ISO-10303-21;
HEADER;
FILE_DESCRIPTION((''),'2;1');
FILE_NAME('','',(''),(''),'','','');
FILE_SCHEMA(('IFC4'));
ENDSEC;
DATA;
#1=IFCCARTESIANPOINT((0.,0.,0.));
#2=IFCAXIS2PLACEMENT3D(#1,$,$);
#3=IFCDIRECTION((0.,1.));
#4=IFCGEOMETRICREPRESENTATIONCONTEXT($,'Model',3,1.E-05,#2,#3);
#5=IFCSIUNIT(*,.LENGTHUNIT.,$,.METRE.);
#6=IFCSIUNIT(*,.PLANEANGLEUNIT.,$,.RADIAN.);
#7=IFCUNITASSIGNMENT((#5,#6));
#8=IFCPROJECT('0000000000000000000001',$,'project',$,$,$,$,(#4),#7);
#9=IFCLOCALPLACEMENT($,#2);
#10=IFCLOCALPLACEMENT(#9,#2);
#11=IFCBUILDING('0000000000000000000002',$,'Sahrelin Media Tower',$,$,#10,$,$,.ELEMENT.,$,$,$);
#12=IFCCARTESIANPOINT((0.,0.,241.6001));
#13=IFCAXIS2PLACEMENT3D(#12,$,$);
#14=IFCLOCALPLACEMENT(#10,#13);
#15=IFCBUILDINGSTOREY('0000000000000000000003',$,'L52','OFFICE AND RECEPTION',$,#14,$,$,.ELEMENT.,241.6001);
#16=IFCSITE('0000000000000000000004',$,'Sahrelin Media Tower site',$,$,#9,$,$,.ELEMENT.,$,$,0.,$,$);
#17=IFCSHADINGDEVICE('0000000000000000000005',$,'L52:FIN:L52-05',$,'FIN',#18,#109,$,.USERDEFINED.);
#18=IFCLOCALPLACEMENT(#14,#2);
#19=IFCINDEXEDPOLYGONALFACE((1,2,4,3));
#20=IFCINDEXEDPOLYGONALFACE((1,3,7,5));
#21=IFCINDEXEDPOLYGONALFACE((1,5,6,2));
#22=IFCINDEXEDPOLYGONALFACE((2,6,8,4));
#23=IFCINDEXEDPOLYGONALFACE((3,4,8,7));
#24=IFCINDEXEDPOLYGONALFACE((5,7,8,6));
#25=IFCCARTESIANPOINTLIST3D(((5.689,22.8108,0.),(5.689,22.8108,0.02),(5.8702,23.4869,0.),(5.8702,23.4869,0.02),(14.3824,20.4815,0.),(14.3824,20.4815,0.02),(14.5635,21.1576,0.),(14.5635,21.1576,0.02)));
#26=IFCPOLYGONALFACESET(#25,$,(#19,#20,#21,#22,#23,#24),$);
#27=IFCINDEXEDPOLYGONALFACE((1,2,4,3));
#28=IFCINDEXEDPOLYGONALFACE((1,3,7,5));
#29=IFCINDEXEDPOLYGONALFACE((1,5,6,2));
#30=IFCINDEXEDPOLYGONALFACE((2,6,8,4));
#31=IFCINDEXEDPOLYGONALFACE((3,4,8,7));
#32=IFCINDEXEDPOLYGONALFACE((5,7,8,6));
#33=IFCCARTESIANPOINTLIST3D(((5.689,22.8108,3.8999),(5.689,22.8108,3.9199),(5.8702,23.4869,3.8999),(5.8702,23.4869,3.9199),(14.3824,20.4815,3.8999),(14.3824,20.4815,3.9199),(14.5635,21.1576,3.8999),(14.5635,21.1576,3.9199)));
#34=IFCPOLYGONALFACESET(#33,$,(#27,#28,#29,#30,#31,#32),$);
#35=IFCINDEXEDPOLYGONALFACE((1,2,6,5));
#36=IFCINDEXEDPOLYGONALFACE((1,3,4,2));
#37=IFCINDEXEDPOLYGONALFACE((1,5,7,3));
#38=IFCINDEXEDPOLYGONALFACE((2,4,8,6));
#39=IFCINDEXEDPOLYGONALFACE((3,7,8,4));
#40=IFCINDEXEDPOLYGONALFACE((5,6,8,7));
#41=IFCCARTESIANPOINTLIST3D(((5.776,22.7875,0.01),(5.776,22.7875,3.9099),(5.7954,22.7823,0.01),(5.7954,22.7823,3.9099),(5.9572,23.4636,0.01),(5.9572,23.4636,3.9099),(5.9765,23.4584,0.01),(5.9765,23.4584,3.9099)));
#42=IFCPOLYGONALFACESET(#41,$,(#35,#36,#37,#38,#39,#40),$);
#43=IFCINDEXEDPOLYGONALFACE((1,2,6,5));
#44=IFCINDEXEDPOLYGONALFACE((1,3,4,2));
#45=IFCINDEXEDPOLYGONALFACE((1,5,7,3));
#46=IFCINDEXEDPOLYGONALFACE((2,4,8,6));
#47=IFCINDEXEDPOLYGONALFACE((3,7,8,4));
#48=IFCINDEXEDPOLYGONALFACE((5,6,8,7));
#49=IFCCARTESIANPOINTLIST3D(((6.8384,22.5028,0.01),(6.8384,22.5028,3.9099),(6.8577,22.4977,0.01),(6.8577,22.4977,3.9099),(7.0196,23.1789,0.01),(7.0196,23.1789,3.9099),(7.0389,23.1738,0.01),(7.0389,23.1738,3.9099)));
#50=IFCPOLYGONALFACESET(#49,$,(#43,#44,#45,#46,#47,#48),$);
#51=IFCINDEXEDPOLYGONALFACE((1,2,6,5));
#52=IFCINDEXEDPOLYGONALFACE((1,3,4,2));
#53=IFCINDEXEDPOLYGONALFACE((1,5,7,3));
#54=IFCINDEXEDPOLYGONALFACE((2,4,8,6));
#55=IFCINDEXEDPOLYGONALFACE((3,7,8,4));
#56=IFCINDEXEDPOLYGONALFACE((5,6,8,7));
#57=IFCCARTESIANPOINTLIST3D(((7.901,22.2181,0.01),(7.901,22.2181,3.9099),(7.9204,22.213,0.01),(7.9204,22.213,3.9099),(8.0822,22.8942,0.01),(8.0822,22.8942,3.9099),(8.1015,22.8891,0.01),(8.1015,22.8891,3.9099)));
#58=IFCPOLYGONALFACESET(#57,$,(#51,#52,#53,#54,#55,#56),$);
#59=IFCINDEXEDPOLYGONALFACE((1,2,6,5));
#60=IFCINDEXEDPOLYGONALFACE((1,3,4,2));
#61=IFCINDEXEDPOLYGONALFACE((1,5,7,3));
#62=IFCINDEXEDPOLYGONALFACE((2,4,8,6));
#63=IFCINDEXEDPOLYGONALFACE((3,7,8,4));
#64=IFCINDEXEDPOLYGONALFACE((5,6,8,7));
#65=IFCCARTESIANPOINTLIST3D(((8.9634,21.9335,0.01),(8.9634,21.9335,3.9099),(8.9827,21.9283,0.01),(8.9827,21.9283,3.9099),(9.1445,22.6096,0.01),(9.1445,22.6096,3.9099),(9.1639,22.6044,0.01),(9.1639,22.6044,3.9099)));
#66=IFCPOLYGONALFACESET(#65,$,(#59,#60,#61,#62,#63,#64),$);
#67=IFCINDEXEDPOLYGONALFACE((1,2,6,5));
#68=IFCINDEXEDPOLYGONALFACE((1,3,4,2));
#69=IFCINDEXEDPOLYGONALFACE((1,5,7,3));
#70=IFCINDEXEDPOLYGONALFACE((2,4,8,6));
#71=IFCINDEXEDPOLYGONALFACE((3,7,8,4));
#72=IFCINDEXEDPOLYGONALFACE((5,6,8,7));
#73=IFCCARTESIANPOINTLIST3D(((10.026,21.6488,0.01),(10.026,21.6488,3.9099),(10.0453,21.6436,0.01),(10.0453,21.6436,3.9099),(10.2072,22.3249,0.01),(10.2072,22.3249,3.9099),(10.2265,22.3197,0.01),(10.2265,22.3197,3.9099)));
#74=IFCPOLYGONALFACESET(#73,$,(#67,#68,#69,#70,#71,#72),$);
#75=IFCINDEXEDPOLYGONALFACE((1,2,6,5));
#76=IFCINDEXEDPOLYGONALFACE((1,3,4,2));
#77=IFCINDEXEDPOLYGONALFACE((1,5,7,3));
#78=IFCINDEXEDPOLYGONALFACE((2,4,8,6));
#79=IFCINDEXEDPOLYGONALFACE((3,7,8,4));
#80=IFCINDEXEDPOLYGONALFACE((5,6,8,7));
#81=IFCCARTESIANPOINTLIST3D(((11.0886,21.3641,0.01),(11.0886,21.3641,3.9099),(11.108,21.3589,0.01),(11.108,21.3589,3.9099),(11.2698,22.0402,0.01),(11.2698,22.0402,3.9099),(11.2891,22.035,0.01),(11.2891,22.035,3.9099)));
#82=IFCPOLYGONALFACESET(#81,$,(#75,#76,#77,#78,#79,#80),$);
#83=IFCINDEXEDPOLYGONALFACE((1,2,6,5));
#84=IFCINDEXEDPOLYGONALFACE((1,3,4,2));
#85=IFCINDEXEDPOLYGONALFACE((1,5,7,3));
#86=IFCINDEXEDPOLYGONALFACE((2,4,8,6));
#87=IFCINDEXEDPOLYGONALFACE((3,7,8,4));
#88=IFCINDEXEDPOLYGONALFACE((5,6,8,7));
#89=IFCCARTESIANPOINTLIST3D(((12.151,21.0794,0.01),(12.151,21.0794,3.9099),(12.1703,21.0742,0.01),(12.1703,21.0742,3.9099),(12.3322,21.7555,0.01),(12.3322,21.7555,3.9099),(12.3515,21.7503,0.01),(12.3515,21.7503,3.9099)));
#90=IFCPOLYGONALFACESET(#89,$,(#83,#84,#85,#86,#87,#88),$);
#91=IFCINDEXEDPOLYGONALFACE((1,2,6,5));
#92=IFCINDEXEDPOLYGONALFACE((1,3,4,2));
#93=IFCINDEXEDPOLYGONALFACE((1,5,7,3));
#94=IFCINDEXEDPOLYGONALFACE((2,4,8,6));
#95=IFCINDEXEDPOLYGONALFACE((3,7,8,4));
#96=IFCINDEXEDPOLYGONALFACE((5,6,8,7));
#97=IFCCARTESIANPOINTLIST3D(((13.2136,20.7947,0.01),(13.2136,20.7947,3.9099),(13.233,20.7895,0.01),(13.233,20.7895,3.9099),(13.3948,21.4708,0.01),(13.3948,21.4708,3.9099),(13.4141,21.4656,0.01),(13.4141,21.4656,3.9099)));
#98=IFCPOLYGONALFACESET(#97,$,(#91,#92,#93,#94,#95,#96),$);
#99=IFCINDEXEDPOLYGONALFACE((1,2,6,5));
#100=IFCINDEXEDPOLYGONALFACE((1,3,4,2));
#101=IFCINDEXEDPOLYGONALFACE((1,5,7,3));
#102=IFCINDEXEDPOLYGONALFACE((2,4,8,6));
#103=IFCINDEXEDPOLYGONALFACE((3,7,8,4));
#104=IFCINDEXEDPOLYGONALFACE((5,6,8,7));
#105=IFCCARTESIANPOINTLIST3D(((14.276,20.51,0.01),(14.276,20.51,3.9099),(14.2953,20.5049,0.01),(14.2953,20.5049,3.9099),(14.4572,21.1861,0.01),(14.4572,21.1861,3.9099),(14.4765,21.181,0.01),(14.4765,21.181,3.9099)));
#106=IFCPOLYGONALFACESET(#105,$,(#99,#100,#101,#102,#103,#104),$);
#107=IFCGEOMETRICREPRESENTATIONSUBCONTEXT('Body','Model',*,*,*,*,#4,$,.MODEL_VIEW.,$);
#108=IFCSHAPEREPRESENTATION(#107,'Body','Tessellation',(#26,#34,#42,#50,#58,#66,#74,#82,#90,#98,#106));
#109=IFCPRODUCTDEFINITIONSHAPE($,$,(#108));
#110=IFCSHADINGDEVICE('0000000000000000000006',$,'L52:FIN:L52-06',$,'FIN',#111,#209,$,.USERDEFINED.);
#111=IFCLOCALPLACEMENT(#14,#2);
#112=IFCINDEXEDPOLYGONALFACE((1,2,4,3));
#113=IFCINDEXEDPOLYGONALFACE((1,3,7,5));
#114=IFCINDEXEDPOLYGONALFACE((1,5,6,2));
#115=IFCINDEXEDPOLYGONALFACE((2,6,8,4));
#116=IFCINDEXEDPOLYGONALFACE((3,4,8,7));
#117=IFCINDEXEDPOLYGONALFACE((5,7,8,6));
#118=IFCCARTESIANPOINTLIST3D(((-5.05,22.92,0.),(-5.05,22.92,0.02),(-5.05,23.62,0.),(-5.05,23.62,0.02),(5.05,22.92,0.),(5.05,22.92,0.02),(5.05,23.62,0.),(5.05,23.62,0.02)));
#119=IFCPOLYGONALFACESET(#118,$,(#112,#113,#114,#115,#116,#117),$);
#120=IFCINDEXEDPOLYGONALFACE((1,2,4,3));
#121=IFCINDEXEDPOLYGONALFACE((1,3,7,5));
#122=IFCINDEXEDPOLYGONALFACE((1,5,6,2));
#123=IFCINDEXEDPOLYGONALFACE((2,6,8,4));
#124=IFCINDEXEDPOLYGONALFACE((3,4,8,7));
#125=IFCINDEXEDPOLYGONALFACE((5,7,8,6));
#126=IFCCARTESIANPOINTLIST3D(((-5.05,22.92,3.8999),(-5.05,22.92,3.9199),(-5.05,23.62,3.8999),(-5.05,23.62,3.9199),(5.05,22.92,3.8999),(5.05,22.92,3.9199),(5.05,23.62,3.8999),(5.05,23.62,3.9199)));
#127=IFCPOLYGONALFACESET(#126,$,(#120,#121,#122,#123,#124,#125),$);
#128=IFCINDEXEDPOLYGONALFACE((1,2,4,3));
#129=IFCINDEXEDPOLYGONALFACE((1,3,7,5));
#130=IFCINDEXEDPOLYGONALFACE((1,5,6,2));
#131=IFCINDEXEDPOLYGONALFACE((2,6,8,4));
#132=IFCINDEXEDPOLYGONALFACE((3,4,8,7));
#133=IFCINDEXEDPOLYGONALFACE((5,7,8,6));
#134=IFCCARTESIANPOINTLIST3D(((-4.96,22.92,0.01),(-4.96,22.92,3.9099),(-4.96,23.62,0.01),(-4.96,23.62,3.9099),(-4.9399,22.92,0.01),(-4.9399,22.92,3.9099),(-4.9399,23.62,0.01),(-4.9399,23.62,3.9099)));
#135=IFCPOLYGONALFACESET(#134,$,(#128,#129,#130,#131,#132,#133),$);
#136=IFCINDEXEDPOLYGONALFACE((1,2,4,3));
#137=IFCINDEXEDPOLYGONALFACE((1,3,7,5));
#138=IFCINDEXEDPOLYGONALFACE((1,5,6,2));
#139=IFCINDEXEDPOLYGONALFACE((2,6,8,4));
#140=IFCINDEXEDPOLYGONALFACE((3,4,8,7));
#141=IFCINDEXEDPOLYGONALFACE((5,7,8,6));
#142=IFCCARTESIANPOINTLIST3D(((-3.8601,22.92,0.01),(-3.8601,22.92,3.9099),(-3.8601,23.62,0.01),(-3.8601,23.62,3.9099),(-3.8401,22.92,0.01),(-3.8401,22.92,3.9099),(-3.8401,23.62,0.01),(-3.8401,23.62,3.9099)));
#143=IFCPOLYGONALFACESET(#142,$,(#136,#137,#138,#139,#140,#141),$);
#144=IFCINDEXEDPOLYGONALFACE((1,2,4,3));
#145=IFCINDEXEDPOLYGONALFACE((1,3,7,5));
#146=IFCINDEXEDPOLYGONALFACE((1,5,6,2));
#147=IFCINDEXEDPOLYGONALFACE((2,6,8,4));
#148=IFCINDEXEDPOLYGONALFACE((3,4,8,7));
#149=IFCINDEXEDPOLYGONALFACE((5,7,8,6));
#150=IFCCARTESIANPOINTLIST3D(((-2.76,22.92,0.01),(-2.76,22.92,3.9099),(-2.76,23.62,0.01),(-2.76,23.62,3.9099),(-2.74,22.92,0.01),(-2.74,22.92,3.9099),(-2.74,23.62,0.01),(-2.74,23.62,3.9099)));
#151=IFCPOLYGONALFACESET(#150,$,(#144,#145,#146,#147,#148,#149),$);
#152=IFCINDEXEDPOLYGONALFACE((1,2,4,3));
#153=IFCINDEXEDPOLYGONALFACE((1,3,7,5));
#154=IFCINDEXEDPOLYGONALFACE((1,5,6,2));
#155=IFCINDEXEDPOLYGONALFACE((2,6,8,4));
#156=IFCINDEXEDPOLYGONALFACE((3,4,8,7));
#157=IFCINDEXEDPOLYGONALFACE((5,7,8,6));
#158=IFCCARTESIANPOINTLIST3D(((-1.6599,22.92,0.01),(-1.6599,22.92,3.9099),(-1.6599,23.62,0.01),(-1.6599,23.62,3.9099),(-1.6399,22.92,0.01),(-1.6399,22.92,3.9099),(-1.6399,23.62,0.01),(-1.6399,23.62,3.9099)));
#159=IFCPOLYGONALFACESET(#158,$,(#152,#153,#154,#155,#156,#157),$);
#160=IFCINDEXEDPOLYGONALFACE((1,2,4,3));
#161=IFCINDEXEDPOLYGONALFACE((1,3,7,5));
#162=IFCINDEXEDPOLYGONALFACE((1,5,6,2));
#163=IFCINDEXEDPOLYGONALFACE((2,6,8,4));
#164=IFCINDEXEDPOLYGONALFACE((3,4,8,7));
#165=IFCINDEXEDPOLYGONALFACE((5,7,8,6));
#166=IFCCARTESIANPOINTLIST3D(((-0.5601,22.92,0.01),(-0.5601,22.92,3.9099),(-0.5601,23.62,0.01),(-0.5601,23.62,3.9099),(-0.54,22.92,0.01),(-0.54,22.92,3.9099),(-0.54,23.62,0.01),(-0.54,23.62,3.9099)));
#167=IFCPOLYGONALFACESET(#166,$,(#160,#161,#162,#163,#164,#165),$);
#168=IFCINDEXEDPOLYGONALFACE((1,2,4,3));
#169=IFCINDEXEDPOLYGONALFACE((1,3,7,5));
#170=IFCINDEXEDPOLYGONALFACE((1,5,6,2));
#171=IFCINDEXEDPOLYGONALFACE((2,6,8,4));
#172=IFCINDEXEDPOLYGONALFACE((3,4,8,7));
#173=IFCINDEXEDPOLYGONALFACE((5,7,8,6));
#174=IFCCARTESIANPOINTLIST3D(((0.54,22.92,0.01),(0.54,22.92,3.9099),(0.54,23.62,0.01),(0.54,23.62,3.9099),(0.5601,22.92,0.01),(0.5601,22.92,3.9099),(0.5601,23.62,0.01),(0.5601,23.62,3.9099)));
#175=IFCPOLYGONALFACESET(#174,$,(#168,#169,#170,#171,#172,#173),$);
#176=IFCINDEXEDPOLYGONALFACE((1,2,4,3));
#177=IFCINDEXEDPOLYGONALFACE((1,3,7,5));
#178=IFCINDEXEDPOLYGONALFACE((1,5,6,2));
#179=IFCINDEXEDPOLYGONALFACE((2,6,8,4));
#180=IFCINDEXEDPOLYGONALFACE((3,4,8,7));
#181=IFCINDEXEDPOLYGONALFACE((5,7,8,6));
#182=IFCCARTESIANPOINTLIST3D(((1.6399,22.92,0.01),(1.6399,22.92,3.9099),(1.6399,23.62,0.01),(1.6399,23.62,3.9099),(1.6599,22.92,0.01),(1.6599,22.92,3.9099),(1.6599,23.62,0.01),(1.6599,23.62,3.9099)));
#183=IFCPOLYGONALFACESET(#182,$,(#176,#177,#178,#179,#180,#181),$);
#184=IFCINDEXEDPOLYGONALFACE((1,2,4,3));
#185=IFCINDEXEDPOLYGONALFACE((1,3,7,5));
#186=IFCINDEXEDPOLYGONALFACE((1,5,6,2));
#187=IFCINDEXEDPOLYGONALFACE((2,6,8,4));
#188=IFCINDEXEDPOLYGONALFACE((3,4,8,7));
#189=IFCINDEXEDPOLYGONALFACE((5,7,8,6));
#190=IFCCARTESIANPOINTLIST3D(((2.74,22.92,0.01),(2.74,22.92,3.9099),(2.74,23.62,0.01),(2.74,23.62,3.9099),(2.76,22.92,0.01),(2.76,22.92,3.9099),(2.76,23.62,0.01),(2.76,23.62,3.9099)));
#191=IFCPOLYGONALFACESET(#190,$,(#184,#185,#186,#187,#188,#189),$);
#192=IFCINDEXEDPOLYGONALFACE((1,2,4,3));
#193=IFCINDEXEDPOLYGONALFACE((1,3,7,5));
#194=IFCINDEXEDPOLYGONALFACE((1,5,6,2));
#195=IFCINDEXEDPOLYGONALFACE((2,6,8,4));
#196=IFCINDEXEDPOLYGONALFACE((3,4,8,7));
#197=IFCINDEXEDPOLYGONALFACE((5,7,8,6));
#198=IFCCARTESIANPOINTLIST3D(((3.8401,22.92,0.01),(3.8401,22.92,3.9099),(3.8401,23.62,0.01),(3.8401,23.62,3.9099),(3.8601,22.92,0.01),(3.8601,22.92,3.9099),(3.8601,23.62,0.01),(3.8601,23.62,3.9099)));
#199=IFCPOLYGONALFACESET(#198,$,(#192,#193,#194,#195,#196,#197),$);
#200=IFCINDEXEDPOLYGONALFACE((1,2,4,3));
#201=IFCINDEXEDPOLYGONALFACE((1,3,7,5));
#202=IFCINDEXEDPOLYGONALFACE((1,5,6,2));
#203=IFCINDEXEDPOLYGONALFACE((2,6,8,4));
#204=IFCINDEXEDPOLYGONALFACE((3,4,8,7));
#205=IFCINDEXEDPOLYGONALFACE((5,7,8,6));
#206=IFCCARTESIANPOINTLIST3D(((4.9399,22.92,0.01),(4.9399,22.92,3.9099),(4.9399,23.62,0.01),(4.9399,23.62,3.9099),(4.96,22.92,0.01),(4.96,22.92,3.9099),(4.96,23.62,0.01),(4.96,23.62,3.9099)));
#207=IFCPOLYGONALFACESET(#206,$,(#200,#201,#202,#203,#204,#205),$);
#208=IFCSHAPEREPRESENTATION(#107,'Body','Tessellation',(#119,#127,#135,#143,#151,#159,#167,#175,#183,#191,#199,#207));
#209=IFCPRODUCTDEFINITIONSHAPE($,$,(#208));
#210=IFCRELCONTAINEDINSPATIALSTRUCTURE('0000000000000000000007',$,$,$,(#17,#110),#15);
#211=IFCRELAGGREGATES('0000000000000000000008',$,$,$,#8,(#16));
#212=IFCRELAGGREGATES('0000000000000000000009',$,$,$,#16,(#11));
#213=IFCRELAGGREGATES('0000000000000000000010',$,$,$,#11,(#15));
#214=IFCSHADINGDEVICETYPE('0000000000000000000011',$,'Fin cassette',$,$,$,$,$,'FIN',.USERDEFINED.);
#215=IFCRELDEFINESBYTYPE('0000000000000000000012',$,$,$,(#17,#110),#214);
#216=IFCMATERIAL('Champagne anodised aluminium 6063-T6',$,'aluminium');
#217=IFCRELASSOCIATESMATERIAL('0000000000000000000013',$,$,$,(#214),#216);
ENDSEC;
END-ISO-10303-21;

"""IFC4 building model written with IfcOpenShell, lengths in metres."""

from ifc_helpers import new_model, si_unit, direction, frame, origin, origin_2d, place, context, subcontext, project, spatial, rectangle, extrude, material, type_object, element, save


model = new_model("IFC4")

# Units and contexts
model_context = context("Model", 3, precision=1e-05, world=origin(), true_north=direction((0.0, 1.0)))
body_context = subcontext(model_context, "Body", "Model", "MODEL_VIEW")
ifc_project = project(units=[si_unit("LENGTHUNIT", "METRE"), si_unit("PLANEANGLEUNIT", "RADIAN")], contexts=[model_context])

# Site, building, storey
site_placement = place(None, origin())
site = spatial("IfcSite", under=ifc_project, at=site_placement, Name="Sahrelin Media Tower site", CompositionType="ELEMENT", RefElevation=0.0)
building_placement = place(site_placement, origin())
building = spatial("IfcBuilding", under=site, at=building_placement, Name="Sahrelin Media Tower", CompositionType="ELEMENT")
storey_placement = place(building_placement, frame((0.0, 0.0, 241.6001)))
storey = spatial("IfcBuildingStorey", under=building, at=storey_placement, Name="L52", Description="OFFICE AND RECEPTION", CompositionType="ELEMENT", Elevation=241.6001)

# Shared definitions
ifc_material_1 = material(Name="Champagne anodised aluminium 6063-T6", Category="aluminium")

# Shared definitions
placement_1 = place(storey_placement, frame((0.0, 22.8501, 0.0), z_axis=(0.0, 0.0, 1.0), x_axis=(1.0, 0.0, 0.0)))

# Shading devices
shading_device_type_1 = type_object("IfcShadingDeviceType", Name="Fin cassette", ElementType="FIN", PredefinedType="USERDEFINED", material=ifc_material_1)
placement_2 = place(storey_placement, frame((10.0176, 21.5786, 0.0), z_axis=(0.0, 0.0, 1.0), x_axis=(0.965929, -0.258808, 0.0)))
element("IfcShadingDevice", 1, at=placement_2, inside=storey, type_object=shading_device_type_1, Name="L52:FIN:L52-05", ObjectType="FIN", PredefinedType="USERDEFINED", context=body_context, shape_type="SweptSolid", body=[
    extrude(rectangle(XDim=9.0, YDim=0.7, at=origin_2d()), frame((0.0, 0.4199, 0.0)), (0.0, 0.0, 1.0), 0.02),
    extrude(rectangle(XDim=9.0, YDim=0.7, at=origin_2d()), frame((0.0, 0.4199, 3.8999)), (0.0, 0.0, 1.0), 0.02),
    extrude(rectangle(XDim=0.02, YDim=0.7, at=origin_2d()), frame((-4.3999, 0.4199, 0.01), z_axis=(0.0, 0.0, 1.0), x_axis=(1.0, 0.0, 0.0)), (0.0, 0.0, 1.0), 3.8999),
    extrude(rectangle(XDim=0.02, YDim=0.7, at=origin_2d()), frame((-3.3, 0.4199, 0.01), z_axis=(0.0, 0.0, 1.0), x_axis=(1.0, 0.0, 0.0)), (0.0, 0.0, 1.0), 3.8999),
    extrude(rectangle(XDim=0.02, YDim=0.7, at=origin_2d()), frame((-2.2, 0.4199, 0.01), z_axis=(0.0, 0.0, 1.0), x_axis=(1.0, 0.0, 0.0)), (0.0, 0.0, 1.0), 3.8999),
    extrude(rectangle(XDim=0.02, YDim=0.7, at=origin_2d()), frame((-1.1001, 0.4199, 0.01), z_axis=(0.0, 0.0, 1.0), x_axis=(1.0, 0.0, 0.0)), (0.0, 0.0, 1.0), 3.8999),
    extrude(rectangle(XDim=0.02, YDim=0.7, at=origin_2d()), frame((0.0, 0.4199, 0.01), z_axis=(0.0, 0.0, 1.0), x_axis=(1.0, 0.0, 0.0)), (0.0, 0.0, 1.0), 3.8999),
    extrude(rectangle(XDim=0.02, YDim=0.7, at=origin_2d()), frame((1.1001, 0.4199, 0.01), z_axis=(0.0, 0.0, 1.0), x_axis=(1.0, 0.0, 0.0)), (0.0, 0.0, 1.0), 3.8999),
    extrude(rectangle(XDim=0.02, YDim=0.7, at=origin_2d()), frame((2.2, 0.4199, 0.01), z_axis=(0.0, 0.0, 1.0), x_axis=(1.0, 0.0, 0.0)), (0.0, 0.0, 1.0), 3.8999),
    extrude(rectangle(XDim=0.02, YDim=0.7, at=origin_2d()), frame((3.3, 0.4199, 0.01), z_axis=(0.0, 0.0, 1.0), x_axis=(1.0, 0.0, 0.0)), (0.0, 0.0, 1.0), 3.8999),
    extrude(rectangle(XDim=0.02, YDim=0.7, at=origin_2d()), frame((4.3999, 0.4199, 0.01), z_axis=(0.0, 0.0, 1.0), x_axis=(1.0, 0.0, 0.0)), (0.0, 0.0, 1.0), 3.8999),
])
element("IfcShadingDevice", 2, at=placement_1, inside=storey, type_object=shading_device_type_1, Name="L52:FIN:L52-06", ObjectType="FIN", PredefinedType="USERDEFINED", context=body_context, shape_type="SweptSolid", body=[
    extrude(rectangle(XDim=10.1001, YDim=0.7, at=origin_2d()), frame((0.0, 0.4199, 0.0)), (0.0, 0.0, 1.0), 0.02),
    extrude(rectangle(XDim=10.1001, YDim=0.7, at=origin_2d()), frame((0.0, 0.4199, 3.8999)), (0.0, 0.0, 1.0), 0.02),
    extrude(rectangle(XDim=0.02, YDim=0.7, at=origin_2d()), frame((-4.95, 0.4199, 0.01), z_axis=(0.0, 0.0, 1.0), x_axis=(1.0, 0.0, 0.0)), (0.0, 0.0, 1.0), 3.8999),
    extrude(rectangle(XDim=0.02, YDim=0.7, at=origin_2d()), frame((-3.8501, 0.4199, 0.01), z_axis=(0.0, 0.0, 1.0), x_axis=(1.0, 0.0, 0.0)), (0.0, 0.0, 1.0), 3.8999),
    extrude(rectangle(XDim=0.02, YDim=0.7, at=origin_2d()), frame((-2.75, 0.4199, 0.01), z_axis=(0.0, 0.0, 1.0), x_axis=(1.0, 0.0, 0.0)), (0.0, 0.0, 1.0), 3.8999),
    extrude(rectangle(XDim=0.02, YDim=0.7, at=origin_2d()), frame((-1.6499, 0.4199, 0.01), z_axis=(0.0, 0.0, 1.0), x_axis=(1.0, 0.0, 0.0)), (0.0, 0.0, 1.0), 3.8999),
    extrude(rectangle(XDim=0.02, YDim=0.7, at=origin_2d()), frame((-0.55, 0.4199, 0.01), z_axis=(0.0, 0.0, 1.0), x_axis=(1.0, 0.0, 0.0)), (0.0, 0.0, 1.0), 3.8999),
    extrude(rectangle(XDim=0.02, YDim=0.7, at=origin_2d()), frame((0.55, 0.4199, 0.01), z_axis=(0.0, 0.0, 1.0), x_axis=(1.0, 0.0, 0.0)), (0.0, 0.0, 1.0), 3.8999),
    extrude(rectangle(XDim=0.02, YDim=0.7, at=origin_2d()), frame((1.6499, 0.4199, 0.01), z_axis=(0.0, 0.0, 1.0), x_axis=(1.0, 0.0, 0.0)), (0.0, 0.0, 1.0), 3.8999),
    extrude(rectangle(XDim=0.02, YDim=0.7, at=origin_2d()), frame((2.75, 0.4199, 0.01), z_axis=(0.0, 0.0, 1.0), x_axis=(1.0, 0.0, 0.0)), (0.0, 0.0, 1.0), 3.8999),
    extrude(rectangle(XDim=0.02, YDim=0.7, at=origin_2d()), frame((3.8501, 0.4199, 0.01), z_axis=(0.0, 0.0, 1.0), x_axis=(1.0, 0.0, 0.0)), (0.0, 0.0, 1.0), 3.8999),
    extrude(rectangle(XDim=0.02, YDim=0.7, at=origin_2d()), frame((4.95, 0.4199, 0.01), z_axis=(0.0, 0.0, 1.0), x_axis=(1.0, 0.0, 0.0)), (0.0, 0.0, 1.0), 3.8999),
])

save(model, "model.ifc")
